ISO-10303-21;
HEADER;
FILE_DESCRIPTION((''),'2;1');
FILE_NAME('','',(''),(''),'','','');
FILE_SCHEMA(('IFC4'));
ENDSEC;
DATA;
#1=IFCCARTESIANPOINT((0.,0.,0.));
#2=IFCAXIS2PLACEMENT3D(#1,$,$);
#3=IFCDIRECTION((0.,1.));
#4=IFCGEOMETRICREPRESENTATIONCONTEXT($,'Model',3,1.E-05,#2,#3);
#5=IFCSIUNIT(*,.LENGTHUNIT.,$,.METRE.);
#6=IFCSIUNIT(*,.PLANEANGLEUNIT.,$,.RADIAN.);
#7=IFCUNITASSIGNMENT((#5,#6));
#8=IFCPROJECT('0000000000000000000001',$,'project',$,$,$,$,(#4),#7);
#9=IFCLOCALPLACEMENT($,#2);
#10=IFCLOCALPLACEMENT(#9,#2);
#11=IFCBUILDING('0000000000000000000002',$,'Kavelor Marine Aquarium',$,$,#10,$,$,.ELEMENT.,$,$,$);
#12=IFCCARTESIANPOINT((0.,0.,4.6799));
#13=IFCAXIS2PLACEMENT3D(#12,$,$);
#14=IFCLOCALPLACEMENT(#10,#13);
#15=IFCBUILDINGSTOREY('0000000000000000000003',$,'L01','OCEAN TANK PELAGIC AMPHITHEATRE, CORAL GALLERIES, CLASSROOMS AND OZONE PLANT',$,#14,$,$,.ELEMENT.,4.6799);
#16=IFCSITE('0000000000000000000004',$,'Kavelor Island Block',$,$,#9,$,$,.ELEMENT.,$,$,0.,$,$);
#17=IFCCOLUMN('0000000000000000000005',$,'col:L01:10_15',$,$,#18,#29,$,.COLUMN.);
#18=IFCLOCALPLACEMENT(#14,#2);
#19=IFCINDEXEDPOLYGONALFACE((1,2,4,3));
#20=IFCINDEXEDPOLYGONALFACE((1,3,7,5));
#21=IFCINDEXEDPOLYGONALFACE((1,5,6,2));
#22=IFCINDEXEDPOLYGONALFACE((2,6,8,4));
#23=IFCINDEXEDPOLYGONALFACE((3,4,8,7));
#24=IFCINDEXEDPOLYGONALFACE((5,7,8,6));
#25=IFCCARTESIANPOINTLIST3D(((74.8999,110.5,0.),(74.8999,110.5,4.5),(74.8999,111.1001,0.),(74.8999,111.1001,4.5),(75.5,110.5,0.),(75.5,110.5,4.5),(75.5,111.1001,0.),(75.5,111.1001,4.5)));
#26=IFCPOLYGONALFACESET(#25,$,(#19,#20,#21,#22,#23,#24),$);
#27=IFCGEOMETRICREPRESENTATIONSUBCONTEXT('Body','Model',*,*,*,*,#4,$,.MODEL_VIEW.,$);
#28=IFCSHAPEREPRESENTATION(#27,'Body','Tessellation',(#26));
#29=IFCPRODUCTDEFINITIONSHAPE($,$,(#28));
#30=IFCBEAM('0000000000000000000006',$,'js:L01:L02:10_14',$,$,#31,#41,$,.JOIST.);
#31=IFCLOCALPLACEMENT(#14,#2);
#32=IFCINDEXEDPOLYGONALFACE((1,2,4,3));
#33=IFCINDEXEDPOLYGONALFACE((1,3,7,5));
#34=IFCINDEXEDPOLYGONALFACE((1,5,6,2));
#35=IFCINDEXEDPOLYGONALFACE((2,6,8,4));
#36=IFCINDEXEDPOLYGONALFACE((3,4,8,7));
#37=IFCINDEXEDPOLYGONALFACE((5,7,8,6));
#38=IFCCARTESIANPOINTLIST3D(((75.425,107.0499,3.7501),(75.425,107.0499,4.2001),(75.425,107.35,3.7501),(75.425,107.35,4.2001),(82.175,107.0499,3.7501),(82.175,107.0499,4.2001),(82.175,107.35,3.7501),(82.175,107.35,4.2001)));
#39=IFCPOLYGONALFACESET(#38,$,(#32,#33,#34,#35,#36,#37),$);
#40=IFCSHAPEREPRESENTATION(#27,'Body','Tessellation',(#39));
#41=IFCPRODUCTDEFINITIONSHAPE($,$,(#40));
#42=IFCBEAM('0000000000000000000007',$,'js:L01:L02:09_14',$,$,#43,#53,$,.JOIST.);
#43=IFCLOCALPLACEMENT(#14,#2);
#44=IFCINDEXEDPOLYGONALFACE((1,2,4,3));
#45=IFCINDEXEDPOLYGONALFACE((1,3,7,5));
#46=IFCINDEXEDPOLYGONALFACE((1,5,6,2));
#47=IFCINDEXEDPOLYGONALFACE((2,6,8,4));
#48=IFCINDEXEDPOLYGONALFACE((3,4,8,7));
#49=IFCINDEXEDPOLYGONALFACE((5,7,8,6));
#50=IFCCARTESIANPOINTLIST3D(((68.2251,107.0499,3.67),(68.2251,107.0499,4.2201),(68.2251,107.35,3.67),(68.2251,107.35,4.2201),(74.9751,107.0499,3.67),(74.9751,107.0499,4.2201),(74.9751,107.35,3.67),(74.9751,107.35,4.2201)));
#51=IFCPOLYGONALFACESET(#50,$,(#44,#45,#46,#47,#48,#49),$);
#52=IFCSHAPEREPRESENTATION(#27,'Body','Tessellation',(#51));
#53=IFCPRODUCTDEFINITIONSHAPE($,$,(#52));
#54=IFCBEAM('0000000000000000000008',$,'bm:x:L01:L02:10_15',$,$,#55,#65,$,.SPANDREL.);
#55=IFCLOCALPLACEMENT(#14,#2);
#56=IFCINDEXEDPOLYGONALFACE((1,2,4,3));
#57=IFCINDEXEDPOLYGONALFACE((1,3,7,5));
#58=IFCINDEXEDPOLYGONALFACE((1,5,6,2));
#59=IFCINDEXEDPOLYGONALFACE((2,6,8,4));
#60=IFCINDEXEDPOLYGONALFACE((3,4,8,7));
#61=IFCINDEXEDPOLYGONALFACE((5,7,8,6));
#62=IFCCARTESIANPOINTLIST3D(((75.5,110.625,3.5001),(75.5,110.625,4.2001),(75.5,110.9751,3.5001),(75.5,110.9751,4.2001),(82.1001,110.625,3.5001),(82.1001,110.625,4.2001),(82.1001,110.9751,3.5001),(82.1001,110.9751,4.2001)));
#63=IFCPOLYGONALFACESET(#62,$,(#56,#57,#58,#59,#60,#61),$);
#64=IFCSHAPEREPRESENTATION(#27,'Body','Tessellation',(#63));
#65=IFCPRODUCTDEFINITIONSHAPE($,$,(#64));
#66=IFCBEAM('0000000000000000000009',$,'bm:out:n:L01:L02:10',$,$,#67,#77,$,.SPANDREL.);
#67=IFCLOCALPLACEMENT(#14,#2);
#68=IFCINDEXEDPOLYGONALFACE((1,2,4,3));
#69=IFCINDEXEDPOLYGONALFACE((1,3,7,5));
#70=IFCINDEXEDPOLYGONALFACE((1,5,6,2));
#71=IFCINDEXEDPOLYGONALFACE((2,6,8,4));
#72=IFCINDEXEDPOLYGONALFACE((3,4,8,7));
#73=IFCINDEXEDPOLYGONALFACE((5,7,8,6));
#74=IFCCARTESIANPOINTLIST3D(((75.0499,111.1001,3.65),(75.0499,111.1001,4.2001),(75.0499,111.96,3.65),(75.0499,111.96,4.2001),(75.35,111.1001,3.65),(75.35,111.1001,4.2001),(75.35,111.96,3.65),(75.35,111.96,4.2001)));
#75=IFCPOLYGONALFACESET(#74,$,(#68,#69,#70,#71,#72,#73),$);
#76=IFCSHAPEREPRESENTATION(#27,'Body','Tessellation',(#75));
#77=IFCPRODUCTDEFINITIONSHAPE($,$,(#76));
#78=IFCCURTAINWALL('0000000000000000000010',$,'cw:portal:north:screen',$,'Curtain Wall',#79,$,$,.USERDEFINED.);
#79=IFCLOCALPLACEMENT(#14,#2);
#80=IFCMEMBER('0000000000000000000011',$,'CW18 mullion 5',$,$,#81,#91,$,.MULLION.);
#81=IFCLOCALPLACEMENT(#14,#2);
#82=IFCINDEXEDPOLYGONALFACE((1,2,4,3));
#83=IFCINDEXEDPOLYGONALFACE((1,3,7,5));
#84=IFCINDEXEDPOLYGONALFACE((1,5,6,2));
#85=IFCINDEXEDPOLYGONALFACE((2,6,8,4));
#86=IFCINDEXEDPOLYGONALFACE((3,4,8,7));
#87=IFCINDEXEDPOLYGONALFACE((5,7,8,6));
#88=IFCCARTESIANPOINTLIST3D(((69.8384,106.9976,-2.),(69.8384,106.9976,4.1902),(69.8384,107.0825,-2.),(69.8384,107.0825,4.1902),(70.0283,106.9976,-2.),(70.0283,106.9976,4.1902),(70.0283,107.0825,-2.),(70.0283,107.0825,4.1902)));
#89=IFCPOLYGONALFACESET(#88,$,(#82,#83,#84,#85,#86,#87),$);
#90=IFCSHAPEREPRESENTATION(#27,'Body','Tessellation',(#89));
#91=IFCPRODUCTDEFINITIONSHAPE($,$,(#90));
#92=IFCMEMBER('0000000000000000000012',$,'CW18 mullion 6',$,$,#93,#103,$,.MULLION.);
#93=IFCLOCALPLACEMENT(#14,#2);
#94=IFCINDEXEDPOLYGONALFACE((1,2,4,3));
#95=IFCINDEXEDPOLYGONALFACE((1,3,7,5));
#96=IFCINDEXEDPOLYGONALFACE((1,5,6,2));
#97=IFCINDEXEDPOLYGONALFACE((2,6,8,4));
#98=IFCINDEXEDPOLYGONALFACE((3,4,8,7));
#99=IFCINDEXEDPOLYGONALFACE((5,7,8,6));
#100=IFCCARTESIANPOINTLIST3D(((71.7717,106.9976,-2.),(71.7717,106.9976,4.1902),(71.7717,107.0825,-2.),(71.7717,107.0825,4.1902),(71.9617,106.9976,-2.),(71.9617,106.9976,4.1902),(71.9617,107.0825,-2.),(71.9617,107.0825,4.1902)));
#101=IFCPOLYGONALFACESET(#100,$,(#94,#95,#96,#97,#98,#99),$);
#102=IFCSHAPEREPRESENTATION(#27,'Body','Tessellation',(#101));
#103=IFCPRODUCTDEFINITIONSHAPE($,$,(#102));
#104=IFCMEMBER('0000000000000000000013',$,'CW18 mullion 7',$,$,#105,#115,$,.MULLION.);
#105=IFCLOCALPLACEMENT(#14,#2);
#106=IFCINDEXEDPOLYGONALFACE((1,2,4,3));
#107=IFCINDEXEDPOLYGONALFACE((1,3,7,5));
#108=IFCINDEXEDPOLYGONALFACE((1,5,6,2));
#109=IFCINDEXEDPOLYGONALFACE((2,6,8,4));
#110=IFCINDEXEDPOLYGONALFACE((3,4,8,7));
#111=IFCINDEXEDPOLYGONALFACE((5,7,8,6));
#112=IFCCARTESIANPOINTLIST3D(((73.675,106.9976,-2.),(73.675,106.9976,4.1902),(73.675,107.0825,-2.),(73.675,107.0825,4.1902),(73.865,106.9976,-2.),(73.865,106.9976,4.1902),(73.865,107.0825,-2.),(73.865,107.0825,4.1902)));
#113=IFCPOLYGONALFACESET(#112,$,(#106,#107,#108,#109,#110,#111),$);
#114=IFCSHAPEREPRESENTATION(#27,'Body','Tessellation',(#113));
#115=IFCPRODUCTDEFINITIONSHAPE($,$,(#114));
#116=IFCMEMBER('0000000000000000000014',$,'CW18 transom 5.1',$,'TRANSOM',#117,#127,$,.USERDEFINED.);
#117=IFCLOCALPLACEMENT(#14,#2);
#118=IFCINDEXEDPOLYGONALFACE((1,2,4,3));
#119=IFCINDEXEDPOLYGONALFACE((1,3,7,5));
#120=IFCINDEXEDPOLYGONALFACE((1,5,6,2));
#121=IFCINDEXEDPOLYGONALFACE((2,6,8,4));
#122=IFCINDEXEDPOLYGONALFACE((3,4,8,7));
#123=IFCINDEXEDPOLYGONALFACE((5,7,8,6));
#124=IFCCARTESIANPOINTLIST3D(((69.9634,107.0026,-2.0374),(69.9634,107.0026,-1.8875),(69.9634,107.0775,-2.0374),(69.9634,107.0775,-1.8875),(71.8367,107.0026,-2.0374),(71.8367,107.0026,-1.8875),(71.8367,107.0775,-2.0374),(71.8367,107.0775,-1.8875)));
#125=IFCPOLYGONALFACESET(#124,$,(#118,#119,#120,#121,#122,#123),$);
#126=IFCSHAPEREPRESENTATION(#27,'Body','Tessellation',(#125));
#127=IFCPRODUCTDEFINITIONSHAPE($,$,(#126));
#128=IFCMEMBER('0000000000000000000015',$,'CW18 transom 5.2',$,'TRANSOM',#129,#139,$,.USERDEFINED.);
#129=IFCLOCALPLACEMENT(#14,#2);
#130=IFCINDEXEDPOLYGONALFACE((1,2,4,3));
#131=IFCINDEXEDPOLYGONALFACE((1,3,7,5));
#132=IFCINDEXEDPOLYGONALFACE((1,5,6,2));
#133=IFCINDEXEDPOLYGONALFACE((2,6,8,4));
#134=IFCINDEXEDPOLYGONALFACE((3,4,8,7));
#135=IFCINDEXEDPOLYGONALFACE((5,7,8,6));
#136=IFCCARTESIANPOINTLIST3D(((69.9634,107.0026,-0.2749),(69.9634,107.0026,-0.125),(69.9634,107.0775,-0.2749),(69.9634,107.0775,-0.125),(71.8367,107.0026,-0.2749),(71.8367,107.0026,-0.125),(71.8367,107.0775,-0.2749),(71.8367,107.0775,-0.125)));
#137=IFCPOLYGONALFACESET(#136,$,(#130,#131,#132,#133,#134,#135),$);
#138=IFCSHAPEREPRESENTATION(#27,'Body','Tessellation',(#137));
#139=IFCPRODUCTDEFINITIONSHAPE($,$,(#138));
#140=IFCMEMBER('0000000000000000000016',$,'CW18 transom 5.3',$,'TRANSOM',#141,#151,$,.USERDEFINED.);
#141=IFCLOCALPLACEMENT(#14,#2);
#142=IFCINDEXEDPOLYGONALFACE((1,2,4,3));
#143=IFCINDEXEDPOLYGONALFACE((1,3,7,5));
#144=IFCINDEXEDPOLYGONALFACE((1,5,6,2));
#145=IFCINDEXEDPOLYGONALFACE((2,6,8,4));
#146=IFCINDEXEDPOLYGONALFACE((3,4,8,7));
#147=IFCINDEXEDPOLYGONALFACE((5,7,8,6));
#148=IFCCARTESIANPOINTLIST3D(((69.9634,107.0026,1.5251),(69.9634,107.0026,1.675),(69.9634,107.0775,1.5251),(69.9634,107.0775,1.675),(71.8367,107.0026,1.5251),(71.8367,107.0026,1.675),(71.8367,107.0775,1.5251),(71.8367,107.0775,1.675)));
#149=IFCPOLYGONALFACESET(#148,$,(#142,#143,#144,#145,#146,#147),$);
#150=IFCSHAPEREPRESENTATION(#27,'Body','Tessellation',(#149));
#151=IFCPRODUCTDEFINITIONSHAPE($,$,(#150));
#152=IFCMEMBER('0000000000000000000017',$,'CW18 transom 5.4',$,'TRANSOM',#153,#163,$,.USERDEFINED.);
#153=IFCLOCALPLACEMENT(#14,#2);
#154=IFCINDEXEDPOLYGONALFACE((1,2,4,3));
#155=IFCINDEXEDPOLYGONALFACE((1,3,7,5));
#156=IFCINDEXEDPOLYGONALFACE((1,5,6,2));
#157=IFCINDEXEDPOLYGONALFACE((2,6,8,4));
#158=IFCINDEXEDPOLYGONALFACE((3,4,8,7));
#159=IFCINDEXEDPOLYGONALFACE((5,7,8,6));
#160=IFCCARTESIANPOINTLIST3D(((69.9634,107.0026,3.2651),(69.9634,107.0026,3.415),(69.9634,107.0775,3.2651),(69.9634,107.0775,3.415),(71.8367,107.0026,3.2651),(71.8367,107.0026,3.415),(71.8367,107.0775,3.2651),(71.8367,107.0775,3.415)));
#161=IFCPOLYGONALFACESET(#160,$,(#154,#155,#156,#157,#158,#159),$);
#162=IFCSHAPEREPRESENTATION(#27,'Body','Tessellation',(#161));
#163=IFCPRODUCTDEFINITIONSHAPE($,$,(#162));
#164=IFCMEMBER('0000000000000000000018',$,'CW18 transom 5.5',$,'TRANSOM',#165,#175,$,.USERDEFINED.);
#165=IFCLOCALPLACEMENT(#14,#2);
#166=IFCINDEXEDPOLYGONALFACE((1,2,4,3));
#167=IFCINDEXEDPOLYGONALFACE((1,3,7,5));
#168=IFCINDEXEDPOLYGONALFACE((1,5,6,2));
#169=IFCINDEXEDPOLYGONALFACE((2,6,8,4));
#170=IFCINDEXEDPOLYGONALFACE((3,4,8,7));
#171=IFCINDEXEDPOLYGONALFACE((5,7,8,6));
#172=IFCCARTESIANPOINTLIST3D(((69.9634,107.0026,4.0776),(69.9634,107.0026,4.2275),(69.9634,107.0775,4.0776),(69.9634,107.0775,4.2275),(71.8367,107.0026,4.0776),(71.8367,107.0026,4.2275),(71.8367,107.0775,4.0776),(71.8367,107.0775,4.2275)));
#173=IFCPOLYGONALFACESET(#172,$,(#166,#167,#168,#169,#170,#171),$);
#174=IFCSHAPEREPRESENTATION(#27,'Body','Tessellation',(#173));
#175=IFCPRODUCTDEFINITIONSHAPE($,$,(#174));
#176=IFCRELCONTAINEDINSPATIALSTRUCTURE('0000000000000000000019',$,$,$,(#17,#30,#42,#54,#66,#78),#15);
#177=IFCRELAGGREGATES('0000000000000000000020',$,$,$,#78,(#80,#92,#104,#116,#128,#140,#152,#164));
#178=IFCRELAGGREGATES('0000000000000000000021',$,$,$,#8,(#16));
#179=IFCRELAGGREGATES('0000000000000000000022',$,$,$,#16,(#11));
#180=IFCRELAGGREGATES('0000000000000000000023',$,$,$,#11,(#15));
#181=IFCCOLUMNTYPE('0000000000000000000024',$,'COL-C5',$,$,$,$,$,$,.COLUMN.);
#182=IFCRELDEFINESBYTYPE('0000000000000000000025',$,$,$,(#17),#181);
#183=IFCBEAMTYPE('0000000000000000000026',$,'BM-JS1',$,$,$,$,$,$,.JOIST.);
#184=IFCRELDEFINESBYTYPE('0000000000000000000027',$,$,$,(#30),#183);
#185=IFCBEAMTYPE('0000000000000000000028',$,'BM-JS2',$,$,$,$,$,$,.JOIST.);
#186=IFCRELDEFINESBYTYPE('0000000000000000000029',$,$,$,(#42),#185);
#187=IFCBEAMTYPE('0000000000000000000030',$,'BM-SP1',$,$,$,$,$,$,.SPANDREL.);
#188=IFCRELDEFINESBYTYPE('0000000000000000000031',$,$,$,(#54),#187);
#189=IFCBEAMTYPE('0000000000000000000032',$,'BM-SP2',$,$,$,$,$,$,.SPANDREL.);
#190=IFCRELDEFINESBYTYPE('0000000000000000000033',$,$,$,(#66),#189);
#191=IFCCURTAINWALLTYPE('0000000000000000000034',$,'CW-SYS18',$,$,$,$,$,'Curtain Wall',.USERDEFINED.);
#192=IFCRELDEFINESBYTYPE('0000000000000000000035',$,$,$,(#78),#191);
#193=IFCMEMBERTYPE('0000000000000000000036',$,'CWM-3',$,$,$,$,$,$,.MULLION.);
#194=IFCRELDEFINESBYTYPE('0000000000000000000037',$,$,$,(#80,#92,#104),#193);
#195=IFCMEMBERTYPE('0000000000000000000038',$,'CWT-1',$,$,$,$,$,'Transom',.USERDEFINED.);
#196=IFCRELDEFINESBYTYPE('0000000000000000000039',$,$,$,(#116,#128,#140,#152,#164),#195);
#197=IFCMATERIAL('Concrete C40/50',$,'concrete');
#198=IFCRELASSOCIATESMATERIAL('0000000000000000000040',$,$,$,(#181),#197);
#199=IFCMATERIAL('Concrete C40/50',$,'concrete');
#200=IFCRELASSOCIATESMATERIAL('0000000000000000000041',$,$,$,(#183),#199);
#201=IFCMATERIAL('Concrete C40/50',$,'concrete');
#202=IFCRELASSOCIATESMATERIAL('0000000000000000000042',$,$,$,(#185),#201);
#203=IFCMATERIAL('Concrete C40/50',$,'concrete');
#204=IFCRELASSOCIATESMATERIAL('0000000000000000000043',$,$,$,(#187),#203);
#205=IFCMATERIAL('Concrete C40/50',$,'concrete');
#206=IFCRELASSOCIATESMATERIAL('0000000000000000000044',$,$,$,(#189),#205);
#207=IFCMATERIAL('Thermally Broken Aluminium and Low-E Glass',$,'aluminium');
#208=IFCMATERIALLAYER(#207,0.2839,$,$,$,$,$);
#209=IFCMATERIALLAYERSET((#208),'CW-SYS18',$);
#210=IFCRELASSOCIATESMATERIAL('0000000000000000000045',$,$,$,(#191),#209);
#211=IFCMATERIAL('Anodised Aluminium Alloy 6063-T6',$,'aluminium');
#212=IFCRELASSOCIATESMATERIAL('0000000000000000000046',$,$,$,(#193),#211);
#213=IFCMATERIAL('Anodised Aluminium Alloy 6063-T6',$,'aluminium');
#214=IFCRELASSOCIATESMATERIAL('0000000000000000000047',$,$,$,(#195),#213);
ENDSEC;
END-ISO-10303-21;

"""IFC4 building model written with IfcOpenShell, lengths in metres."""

from ifc_helpers import new_model, si_unit, direction, frame, origin, origin_2d, place, context, subcontext, project, spatial, rectangle, extrude, material, layer, layer_set, material_profile, profile_set, type_object, element, aggregate, save


model = new_model("IFC4")

# Units and contexts
model_context = context("Model", 3, precision=1e-05, world=origin(), true_north=direction((0.0, 1.0)))
body_context = subcontext(model_context, "Body", "Model", "MODEL_VIEW")
ifc_project = project(units=[si_unit("LENGTHUNIT", "METRE"), si_unit("PLANEANGLEUNIT", "RADIAN")], contexts=[model_context])

# Site, building, storey
site_placement = place(None, origin())
site = spatial("IfcSite", under=ifc_project, at=site_placement, Name="Kavelor Island Block", CompositionType="ELEMENT", RefElevation=0.0)
building_placement = place(site_placement, origin())
building = spatial("IfcBuilding", under=site, at=building_placement, Name="Kavelor Marine Aquarium", CompositionType="ELEMENT")
storey_placement = place(building_placement, frame((0.0, 0.0, 4.6799)))
storey = spatial("IfcBuildingStorey", under=building, at=storey_placement, Name="L01", Description="OCEAN TANK PELAGIC AMPHITHEATRE, CORAL GALLERIES, CLASSROOMS AND OZONE PLANT", CompositionType="ELEMENT", Elevation=4.6799)

# Column
ifc_material_1 = material(Name="Concrete C40/50", Category="concrete")
ifc_material_profile_1 = material_profile(ifc_material_1, rectangle(XDim=0.6001, YDim=0.6001, at=origin_2d()), Name="RC-COL 600x600")
ifc_profile_set_1 = profile_set([ifc_material_profile_1], Name="Concrete C40/50")
column_type = type_object("IfcColumnType", Name="COL-C5", PredefinedType="COLUMN", material=ifc_profile_set_1)
column_placement = place(storey_placement, frame((75.2, 110.8, 0.0), z_axis=(0.0, 0.0, 1.0), x_axis=(1.0, 0.0, 0.0)))
element("IfcColumn", 1, at=column_placement, inside=storey, type_object=column_type, Name="col:L01:10_15", PredefinedType="COLUMN", context=body_context, shape_type="SweptSolid", body=[
    extrude(rectangle(XDim=0.6001, YDim=0.6001, at=origin_2d()), origin(), (0.0, 0.0, 1.0), 4.5),
])

# Beams
ifc_material_2 = material(Name="Concrete C40/50", Category="concrete")
ifc_material_profile_2 = material_profile(ifc_material_2, rectangle(XDim=0.3, YDim=0.45, at=origin_2d()), Name="RC-JS 300x450")
ifc_profile_set_2 = profile_set([ifc_material_profile_2], Name="Concrete C40/50")
beam_type_1 = type_object("IfcBeamType", Name="BM-JS1", PredefinedType="JOIST", material=ifc_profile_set_2)
beam_1_placement = place(storey_placement, frame((75.425, 107.2, 3.9751), z_axis=(1.0, 0.0, 0.0), x_axis=(0.0, 1.0, 0.0)))
element("IfcBeam", 2, at=beam_1_placement, inside=storey, type_object=beam_type_1, Name="js:L01:L02:10_14", PredefinedType="JOIST", context=body_context, shape_type="SweptSolid", body=[
    extrude(rectangle(XDim=0.3, YDim=0.45, at=origin_2d()), origin(), (0.0, 0.0, 1.0), 6.75),
])
ifc_material_3 = material(Name="Concrete C40/50", Category="concrete")
ifc_material_profile_3 = material_profile(ifc_material_3, rectangle(XDim=0.3, YDim=0.55, at=origin_2d()), Name="RC-JS 300x550")
ifc_profile_set_3 = profile_set([ifc_material_profile_3], Name="Concrete C40/50")
beam_type_2 = type_object("IfcBeamType", Name="BM-JS2", PredefinedType="JOIST", material=ifc_profile_set_3)
beam_2_placement = place(storey_placement, frame((68.2251, 107.2, 3.9451), z_axis=(1.0, 0.0, 0.0), x_axis=(0.0, 1.0, 0.0)))
element("IfcBeam", 3, at=beam_2_placement, inside=storey, type_object=beam_type_2, Name="js:L01:L02:09_14", PredefinedType="JOIST", context=body_context, shape_type="SweptSolid", body=[
    extrude(rectangle(XDim=0.3, YDim=0.55, at=origin_2d()), origin(), (0.0, 0.0, 1.0), 6.75),
])
ifc_material_4 = material(Name="Concrete C40/50", Category="concrete")
ifc_material_profile_4 = material_profile(ifc_material_4, rectangle(XDim=0.3501, YDim=0.7, at=origin_2d()), Name="RC-SP 350x700")
ifc_profile_set_4 = profile_set([ifc_material_profile_4], Name="Concrete C40/50")
beam_type_3 = type_object("IfcBeamType", Name="BM-SP1", PredefinedType="SPANDREL", material=ifc_profile_set_4)
beam_3_placement = place(storey_placement, frame((75.5, 110.8, 3.8501), z_axis=(1.0, 0.0, 0.0), x_axis=(0.0, 1.0, 0.0)))
element("IfcBeam", 4, at=beam_3_placement, inside=storey, type_object=beam_type_3, Name="bm:x:L01:L02:10_15", PredefinedType="SPANDREL", context=body_context, shape_type="SweptSolid", body=[
    extrude(rectangle(XDim=0.3501, YDim=0.7, at=origin_2d()), origin(), (0.0, 0.0, 1.0), 6.6001),
])
ifc_material_5 = material(Name="Concrete C40/50", Category="concrete")
ifc_material_profile_5 = material_profile(ifc_material_5, rectangle(XDim=0.3, YDim=0.55, at=origin_2d()), Name="RC-SP 300x550")
ifc_profile_set_5 = profile_set([ifc_material_profile_5], Name="Concrete C40/50")
beam_type_4 = type_object("IfcBeamType", Name="BM-SP2", PredefinedType="SPANDREL", material=ifc_profile_set_5)
beam_4_placement = place(storey_placement, frame((75.2, 111.1001, 3.925), z_axis=(0.0, 1.0, 0.0), x_axis=(-1.0, 0.0, 0.0)))
element("IfcBeam", 5, at=beam_4_placement, inside=storey, type_object=beam_type_4, Name="bm:out:n:L01:L02:10", PredefinedType="SPANDREL", context=body_context, shape_type="SweptSolid", body=[
    extrude(rectangle(XDim=0.3, YDim=0.55, at=origin_2d()), origin(), (0.0, 0.0, 1.0), 0.8599),
])

# Curtain wall, members
ifc_material_6 = material(Name="Thermally Broken Aluminium and Low-E Glass", Category="aluminium")
ifc_layer_1 = layer(ifc_material_6, 0.2839)
ifc_layer_set_1 = layer_set([ifc_layer_1], Name="CW-SYS18")
curtain_wall_type = type_object("IfcCurtainWallType", Name="CW-SYS18", ElementType="Curtain Wall", PredefinedType="USERDEFINED", material=ifc_layer_set_1)
curtain_wall_placement = place(storey_placement, origin())
curtain_wall = element("IfcCurtainWall", 6, at=curtain_wall_placement, inside=storey, type_object=curtain_wall_type, Name="cw:portal:north:screen", ObjectType="Curtain Wall", PredefinedType="USERDEFINED")
ifc_material_7 = material(Name="Anodised Aluminium Alloy 6063-T6", Category="aluminium")
ifc_material_profile_6 = material_profile(ifc_material_7, rectangle(XDim=0.085, YDim=0.1899, at=origin_2d()), Name="CW-MUL 85x190")
ifc_profile_set_6 = profile_set([ifc_material_profile_6], Name="Anodised Aluminium Alloy 6063-T6")
member_type_1 = type_object("IfcMemberType", Name="CWM-3", PredefinedType="MULLION", material=ifc_profile_set_6)
member_1_placement = place(storey_placement, frame((69.9333, 107.04, -2.0), z_axis=(0.0, 0.0, 1.0), x_axis=(0.0, 1.0, 0.0)))
member_1 = element("IfcMember", 7, at=member_1_placement, type_object=member_type_1, Name="CW18 mullion 5", PredefinedType="MULLION", context=body_context, shape_type="SweptSolid", body=[
    extrude(rectangle(XDim=0.085, YDim=0.1899, at=origin_2d()), origin(), (0.0, 0.0, 1.0), 6.1902),
])
member_2_placement = place(storey_placement, frame((71.8667, 107.04, -2.0), z_axis=(0.0, 0.0, 1.0), x_axis=(0.0, 1.0, 0.0)))
member_2 = element("IfcMember", 8, at=member_2_placement, type_object=member_type_1, Name="CW18 mullion 6", PredefinedType="MULLION", context=body_context, shape_type="SweptSolid", body=[
    extrude(rectangle(XDim=0.085, YDim=0.1899, at=origin_2d()), origin(), (0.0, 0.0, 1.0), 6.1902),
])
member_3_placement = place(storey_placement, frame((73.77, 107.04, -2.0), z_axis=(0.0, 0.0, 1.0), x_axis=(0.0, 1.0, 0.0)))
member_3 = element("IfcMember", 9, at=member_3_placement, type_object=member_type_1, Name="CW18 mullion 7", PredefinedType="MULLION", context=body_context, shape_type="SweptSolid", body=[
    extrude(rectangle(XDim=0.085, YDim=0.1899, at=origin_2d()), origin(), (0.0, 0.0, 1.0), 6.1902),
])
ifc_material_8 = material(Name="Anodised Aluminium Alloy 6063-T6", Category="aluminium")
ifc_material_profile_7 = material_profile(ifc_material_8, rectangle(XDim=0.075, YDim=0.1499, at=origin_2d()), Name="CW-TRN 75x150")
ifc_profile_set_7 = profile_set([ifc_material_profile_7], Name="Anodised Aluminium Alloy 6063-T6")
member_type_2 = type_object("IfcMemberType", Name="CWT-1", ElementType="Transom", PredefinedType="USERDEFINED", material=ifc_profile_set_7)
member_4_placement = place(storey_placement, frame((69.9634, 107.04, -1.9624), z_axis=(1.0, 0.0, 0.0), x_axis=(0.0, 1.0, 0.0)))
member_4 = element("IfcMember", 10, at=member_4_placement, type_object=member_type_2, Name="CW18 transom 5.1", ObjectType="TRANSOM", PredefinedType="USERDEFINED", context=body_context, shape_type="SweptSolid", body=[
    extrude(rectangle(XDim=0.075, YDim=0.1499, at=origin_2d()), origin(), (0.0, 0.0, 1.0), 1.8733),
])
member_5_placement = place(storey_placement, frame((69.9634, 107.04, -0.2), z_axis=(1.0, 0.0, 0.0), x_axis=(0.0, 1.0, 0.0)))
member_5 = element("IfcMember", 11, at=member_5_placement, type_object=member_type_2, Name="CW18 transom 5.2", ObjectType="TRANSOM", PredefinedType="USERDEFINED", context=body_context, shape_type="SweptSolid", body=[
    extrude(rectangle(XDim=0.075, YDim=0.1499, at=origin_2d()), origin(), (0.0, 0.0, 1.0), 1.8733),
])
member_6_placement = place(storey_placement, frame((69.9634, 107.04, 1.6001), z_axis=(1.0, 0.0, 0.0), x_axis=(0.0, 1.0, 0.0)))
member_6 = element("IfcMember", 12, at=member_6_placement, type_object=member_type_2, Name="CW18 transom 5.3", ObjectType="TRANSOM", PredefinedType="USERDEFINED", context=body_context, shape_type="SweptSolid", body=[
    extrude(rectangle(XDim=0.075, YDim=0.1499, at=origin_2d()), origin(), (0.0, 0.0, 1.0), 1.8733),
])
member_7_placement = place(storey_placement, frame((69.9634, 107.04, 3.3401), z_axis=(1.0, 0.0, 0.0), x_axis=(0.0, 1.0, 0.0)))
member_7 = element("IfcMember", 13, at=member_7_placement, type_object=member_type_2, Name="CW18 transom 5.4", ObjectType="TRANSOM", PredefinedType="USERDEFINED", context=body_context, shape_type="SweptSolid", body=[
    extrude(rectangle(XDim=0.075, YDim=0.1499, at=origin_2d()), origin(), (0.0, 0.0, 1.0), 1.8733),
])
member_8_placement = place(storey_placement, frame((69.9634, 107.04, 4.1526), z_axis=(1.0, 0.0, 0.0), x_axis=(0.0, 1.0, 0.0)))
member_8 = element("IfcMember", 14, at=member_8_placement, type_object=member_type_2, Name="CW18 transom 5.5", ObjectType="TRANSOM", PredefinedType="USERDEFINED", context=body_context, shape_type="SweptSolid", body=[
    extrude(rectangle(XDim=0.075, YDim=0.1499, at=origin_2d()), origin(), (0.0, 0.0, 1.0), 1.8733),
])
aggregate(curtain_wall, [member_1, member_2, member_3, member_4, member_5, member_6, member_7, member_8])

save(model, "model.ifc")
